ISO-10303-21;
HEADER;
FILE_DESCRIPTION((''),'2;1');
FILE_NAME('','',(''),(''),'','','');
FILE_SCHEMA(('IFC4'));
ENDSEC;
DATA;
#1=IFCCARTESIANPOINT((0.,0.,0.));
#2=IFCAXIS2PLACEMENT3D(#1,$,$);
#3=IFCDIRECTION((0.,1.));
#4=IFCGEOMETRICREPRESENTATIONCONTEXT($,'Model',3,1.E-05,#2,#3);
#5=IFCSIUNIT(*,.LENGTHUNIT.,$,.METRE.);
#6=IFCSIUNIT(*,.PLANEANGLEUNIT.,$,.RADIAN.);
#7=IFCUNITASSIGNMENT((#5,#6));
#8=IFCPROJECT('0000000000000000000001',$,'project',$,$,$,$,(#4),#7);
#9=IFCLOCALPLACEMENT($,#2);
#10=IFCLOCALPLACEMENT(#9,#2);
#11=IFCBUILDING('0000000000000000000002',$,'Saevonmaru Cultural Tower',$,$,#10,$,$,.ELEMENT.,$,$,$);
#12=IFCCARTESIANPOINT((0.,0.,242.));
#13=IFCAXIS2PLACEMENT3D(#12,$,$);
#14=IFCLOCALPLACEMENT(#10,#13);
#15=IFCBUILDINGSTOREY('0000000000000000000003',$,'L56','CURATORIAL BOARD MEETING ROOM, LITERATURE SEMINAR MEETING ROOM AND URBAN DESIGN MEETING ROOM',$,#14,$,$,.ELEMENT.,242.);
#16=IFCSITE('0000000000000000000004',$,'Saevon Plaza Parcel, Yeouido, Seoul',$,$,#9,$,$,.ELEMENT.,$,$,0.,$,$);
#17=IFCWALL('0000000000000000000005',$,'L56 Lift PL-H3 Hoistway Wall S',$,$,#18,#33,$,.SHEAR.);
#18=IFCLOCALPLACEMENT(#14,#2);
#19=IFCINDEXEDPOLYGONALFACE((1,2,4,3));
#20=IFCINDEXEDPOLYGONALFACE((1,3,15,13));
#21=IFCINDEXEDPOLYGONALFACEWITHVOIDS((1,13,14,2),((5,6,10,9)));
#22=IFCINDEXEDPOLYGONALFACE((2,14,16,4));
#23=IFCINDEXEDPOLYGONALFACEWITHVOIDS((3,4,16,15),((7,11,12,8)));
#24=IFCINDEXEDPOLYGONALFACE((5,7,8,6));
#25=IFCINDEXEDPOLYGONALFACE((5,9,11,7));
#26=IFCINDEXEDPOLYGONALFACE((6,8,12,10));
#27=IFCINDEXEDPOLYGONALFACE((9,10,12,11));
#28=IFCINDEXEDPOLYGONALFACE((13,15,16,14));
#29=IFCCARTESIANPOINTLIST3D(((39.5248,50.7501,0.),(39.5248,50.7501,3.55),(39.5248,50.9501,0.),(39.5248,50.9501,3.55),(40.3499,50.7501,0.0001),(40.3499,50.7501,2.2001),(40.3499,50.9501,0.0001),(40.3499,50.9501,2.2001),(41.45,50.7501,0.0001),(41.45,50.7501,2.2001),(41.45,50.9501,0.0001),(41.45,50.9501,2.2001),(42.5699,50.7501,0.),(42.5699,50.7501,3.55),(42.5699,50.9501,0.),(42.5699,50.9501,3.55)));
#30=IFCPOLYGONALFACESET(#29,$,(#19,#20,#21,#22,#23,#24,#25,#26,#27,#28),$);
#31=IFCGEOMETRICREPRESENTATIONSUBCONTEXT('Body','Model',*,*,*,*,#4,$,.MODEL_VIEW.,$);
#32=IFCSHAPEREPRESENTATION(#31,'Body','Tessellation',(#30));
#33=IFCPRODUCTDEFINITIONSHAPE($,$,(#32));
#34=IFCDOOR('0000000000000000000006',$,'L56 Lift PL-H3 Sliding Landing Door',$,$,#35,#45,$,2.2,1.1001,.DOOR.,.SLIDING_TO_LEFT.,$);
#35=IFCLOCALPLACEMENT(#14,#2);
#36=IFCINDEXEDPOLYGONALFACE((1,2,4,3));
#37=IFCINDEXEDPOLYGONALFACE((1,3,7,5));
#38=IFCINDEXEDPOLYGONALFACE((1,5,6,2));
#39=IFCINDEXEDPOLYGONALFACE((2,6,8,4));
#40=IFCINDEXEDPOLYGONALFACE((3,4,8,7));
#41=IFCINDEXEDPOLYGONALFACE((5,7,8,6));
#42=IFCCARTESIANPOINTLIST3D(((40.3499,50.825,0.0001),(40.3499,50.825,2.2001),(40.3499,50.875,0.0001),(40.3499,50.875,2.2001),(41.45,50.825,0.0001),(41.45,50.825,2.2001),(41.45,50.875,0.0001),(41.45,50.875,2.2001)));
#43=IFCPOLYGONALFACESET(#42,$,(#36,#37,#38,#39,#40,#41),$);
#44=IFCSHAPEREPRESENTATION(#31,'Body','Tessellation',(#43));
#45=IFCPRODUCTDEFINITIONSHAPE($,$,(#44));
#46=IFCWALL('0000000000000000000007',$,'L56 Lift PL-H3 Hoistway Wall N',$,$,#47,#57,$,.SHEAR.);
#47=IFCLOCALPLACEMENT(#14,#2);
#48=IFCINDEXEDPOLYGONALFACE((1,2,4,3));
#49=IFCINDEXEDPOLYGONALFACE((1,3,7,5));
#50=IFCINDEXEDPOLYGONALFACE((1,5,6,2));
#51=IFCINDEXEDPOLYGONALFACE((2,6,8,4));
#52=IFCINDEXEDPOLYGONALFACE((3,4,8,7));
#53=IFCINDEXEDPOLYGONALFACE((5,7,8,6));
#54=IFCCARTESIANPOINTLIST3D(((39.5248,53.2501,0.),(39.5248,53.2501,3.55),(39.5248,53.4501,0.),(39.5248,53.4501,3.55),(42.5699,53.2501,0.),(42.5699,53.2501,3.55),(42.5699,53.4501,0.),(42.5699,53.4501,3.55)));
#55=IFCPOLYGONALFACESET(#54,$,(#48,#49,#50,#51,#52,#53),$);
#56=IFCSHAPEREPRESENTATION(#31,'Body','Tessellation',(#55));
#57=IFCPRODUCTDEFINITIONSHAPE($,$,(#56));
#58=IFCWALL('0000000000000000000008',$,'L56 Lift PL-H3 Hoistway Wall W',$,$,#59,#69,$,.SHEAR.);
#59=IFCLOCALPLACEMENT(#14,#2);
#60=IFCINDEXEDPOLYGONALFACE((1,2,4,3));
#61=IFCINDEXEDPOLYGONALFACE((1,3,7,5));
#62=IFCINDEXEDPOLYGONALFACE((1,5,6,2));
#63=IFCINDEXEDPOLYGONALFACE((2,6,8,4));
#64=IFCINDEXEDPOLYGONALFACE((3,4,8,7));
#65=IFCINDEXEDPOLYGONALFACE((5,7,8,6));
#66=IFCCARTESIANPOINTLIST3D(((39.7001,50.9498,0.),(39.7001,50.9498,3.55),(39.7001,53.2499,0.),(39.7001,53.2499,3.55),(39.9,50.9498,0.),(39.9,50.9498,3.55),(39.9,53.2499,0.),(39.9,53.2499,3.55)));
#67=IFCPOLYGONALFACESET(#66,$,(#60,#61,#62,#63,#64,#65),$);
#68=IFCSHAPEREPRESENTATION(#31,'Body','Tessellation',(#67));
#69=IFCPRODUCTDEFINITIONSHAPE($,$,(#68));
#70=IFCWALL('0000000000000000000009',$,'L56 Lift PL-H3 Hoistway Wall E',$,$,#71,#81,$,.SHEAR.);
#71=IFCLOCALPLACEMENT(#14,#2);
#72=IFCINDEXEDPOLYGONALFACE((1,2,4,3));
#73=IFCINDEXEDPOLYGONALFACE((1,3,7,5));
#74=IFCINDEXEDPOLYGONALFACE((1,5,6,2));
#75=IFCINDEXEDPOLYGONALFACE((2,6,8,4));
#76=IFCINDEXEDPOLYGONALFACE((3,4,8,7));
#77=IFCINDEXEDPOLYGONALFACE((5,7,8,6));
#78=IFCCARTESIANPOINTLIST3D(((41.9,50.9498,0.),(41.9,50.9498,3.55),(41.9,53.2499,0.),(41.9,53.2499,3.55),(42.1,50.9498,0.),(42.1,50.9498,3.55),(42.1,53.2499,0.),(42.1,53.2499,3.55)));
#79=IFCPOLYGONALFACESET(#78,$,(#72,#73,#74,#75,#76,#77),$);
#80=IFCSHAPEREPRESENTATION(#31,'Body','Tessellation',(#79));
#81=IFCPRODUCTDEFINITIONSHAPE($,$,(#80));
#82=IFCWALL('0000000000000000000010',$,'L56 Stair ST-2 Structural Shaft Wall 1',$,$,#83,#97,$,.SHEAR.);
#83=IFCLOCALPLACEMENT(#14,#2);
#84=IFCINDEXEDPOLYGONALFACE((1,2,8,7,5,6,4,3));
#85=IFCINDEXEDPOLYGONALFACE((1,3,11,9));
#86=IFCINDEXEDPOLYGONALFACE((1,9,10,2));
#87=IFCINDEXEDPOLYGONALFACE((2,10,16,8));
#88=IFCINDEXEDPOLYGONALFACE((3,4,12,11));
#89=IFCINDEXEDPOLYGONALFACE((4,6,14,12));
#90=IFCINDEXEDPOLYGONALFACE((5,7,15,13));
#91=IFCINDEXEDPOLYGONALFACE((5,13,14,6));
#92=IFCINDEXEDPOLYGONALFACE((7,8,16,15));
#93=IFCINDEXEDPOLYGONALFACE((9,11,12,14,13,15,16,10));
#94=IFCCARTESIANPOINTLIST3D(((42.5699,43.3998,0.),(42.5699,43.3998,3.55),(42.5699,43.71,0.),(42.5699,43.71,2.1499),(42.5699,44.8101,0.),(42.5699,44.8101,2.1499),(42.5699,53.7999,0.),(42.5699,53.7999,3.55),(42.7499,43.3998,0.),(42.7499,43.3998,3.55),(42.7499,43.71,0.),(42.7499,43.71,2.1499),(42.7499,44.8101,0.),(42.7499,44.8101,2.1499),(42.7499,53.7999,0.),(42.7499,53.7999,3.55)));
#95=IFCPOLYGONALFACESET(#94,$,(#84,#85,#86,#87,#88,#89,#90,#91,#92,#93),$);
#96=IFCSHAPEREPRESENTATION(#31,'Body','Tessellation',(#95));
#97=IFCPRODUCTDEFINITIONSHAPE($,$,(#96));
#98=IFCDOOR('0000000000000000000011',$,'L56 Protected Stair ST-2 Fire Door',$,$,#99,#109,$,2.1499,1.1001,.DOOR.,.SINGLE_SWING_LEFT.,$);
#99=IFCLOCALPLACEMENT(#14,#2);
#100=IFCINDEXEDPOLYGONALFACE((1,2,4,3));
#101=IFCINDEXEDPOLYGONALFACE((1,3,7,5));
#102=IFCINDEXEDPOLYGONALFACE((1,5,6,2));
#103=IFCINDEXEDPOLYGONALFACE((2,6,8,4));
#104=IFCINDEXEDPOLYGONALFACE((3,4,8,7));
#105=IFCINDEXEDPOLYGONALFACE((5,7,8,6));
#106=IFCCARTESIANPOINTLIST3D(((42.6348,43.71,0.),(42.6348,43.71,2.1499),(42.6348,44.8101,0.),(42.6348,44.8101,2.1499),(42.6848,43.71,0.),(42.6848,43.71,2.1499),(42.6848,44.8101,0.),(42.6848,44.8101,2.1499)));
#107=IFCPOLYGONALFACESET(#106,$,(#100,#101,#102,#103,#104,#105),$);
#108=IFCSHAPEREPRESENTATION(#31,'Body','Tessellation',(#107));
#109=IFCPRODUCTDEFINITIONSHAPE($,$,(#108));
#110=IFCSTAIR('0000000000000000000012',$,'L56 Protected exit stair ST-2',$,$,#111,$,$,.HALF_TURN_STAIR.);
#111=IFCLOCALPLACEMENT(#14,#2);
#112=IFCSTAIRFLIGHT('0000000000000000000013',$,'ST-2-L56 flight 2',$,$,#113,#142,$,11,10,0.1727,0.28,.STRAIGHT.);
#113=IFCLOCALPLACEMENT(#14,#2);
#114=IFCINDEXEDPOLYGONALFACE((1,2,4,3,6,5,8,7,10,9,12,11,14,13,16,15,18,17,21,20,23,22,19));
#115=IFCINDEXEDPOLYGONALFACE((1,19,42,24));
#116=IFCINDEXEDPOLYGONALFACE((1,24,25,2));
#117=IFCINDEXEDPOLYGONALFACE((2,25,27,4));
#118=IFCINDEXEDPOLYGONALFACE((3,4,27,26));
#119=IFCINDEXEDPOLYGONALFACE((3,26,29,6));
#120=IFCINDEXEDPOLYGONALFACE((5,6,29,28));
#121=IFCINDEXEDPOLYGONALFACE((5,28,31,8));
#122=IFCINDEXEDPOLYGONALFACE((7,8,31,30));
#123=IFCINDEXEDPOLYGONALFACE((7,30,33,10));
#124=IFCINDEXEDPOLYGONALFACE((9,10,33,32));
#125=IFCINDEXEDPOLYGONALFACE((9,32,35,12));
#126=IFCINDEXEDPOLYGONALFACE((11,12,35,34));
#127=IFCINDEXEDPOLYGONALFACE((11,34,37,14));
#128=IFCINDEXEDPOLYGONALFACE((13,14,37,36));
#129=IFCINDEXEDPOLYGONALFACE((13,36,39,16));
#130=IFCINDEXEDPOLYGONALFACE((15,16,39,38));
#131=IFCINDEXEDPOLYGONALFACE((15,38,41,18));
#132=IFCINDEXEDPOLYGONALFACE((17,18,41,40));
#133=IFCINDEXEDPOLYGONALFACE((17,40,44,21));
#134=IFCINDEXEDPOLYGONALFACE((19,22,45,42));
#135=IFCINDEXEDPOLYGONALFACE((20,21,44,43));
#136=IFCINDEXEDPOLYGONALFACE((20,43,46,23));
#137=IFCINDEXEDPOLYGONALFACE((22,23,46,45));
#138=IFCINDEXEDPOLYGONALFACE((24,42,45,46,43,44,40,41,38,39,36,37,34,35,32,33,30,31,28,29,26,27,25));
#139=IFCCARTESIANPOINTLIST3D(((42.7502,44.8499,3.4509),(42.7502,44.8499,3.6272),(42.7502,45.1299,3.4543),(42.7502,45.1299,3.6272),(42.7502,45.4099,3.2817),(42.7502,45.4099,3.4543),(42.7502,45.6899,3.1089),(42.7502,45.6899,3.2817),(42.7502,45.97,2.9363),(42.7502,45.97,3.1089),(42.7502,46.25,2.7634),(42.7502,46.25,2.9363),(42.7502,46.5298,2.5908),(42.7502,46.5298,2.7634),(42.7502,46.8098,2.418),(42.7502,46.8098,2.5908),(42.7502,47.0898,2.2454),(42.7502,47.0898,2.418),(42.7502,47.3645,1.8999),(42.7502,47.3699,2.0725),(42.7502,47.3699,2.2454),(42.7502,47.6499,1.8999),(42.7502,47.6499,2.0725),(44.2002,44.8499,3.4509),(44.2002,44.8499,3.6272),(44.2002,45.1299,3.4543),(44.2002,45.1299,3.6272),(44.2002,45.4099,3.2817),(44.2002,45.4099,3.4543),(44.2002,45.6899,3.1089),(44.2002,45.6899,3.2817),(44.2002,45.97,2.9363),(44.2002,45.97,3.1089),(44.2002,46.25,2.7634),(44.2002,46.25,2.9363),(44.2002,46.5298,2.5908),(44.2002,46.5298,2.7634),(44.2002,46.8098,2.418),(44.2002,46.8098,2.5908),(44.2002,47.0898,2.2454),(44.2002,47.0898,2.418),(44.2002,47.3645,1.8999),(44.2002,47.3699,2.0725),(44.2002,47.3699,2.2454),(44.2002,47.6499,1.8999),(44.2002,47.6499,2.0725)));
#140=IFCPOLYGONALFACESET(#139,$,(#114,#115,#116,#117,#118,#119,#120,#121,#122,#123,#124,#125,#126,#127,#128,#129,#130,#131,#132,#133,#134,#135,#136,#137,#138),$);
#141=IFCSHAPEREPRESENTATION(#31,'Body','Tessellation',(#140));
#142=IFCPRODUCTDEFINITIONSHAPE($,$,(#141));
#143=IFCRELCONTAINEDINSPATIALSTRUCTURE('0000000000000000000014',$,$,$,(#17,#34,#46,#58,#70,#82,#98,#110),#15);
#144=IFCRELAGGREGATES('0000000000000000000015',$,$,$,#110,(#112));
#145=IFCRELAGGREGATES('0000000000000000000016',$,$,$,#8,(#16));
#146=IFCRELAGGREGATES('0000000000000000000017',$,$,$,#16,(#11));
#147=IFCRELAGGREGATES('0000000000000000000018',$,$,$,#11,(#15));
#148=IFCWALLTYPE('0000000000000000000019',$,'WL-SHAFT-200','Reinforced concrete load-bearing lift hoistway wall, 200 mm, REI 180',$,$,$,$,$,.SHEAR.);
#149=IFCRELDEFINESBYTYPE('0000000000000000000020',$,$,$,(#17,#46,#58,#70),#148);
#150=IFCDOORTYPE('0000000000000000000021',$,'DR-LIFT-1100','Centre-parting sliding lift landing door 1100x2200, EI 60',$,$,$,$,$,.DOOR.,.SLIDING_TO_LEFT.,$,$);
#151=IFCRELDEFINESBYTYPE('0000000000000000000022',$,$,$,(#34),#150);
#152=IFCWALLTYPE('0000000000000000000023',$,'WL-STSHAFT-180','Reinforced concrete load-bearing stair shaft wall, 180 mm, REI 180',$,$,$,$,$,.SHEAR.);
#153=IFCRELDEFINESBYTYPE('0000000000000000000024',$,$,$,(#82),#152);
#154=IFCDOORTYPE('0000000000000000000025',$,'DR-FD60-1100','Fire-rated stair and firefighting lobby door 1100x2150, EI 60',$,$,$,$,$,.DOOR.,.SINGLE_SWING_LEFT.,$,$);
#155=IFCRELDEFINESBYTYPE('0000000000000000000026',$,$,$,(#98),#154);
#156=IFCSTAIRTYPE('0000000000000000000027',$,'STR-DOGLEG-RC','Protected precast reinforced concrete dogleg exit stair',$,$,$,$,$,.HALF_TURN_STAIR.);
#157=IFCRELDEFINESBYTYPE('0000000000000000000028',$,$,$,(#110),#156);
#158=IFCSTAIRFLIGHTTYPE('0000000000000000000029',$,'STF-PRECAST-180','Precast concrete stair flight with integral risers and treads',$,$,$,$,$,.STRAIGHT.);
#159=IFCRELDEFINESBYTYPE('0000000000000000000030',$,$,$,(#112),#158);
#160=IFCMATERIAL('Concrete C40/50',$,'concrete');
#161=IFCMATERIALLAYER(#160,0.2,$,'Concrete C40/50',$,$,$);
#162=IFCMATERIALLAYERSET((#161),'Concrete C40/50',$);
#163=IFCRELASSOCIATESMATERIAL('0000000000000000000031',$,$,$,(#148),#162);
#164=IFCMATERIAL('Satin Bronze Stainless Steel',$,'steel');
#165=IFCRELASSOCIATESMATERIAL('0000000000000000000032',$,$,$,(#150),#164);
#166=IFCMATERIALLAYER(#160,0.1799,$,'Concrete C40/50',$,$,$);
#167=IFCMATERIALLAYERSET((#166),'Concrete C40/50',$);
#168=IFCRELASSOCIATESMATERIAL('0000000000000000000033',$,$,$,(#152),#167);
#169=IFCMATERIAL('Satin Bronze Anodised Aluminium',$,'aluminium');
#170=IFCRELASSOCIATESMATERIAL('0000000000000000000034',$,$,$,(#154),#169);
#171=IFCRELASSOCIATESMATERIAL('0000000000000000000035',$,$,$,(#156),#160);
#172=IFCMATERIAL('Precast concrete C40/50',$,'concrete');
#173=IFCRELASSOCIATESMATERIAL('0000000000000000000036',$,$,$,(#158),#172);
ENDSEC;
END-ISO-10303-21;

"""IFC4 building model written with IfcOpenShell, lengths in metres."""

from ifc_helpers import new_model, si_unit, direction, frame, frame_2d, origin, place, context, subcontext, project, spatial, polyline, rectangle, outline, extrude, material, layer, layer_set, type_object, element, fill, aggregate, save


model = new_model("IFC4")

# Units and contexts
model_context = context("Model", 3, precision=1e-05, world=origin(), true_north=direction((0.0, 1.0)))
body_context = subcontext(model_context, "Body", "Model", "MODEL_VIEW")
ifc_project = project(units=[si_unit("LENGTHUNIT", "METRE"), si_unit("PLANEANGLEUNIT", "RADIAN")], contexts=[model_context])

# Site, building, storey
site_placement = place(None, origin())
site = spatial("IfcSite", under=ifc_project, at=site_placement, Name="Saevon Plaza Parcel, Yeouido, Seoul", CompositionType="ELEMENT", RefElevation=0.0)
building_placement = place(site_placement, origin())
building = spatial("IfcBuilding", under=site, at=building_placement, Name="Saevonmaru Cultural Tower", CompositionType="ELEMENT")
storey_placement = place(building_placement, frame((0.0, 0.0, 242.0)))
storey = spatial("IfcBuildingStorey", under=building, at=storey_placement, Name="L56", Description="CURATORIAL BOARD MEETING ROOM, LITERATURE SEMINAR MEETING ROOM AND URBAN DESIGN MEETING ROOM", CompositionType="ELEMENT", Elevation=242.0)

# Shared definitions
ifc_material_1 = material(Name="Satin Bronze Anodised Aluminium", Category="aluminium")

# Shared definitions
ifc_material_2 = material(Name="Concrete C40/50", Category="concrete")
ifc_layer_1 = layer(ifc_material_2, 0.2, Name="Concrete C40/50")
ifc_layer_set_1 = layer_set([ifc_layer_1], Name="Concrete C40/50")
wall_type_1 = type_object("IfcWallType", Name="WL-SHAFT-200", Description="Reinforced concrete load-bearing lift hoistway wall, 200 mm, REI 180", PredefinedType="SHEAR", material=ifc_layer_set_1)

# Shared definitions
ifc_material_3 = material(Name="Satin Bronze Stainless Steel", Category="steel")
door_type_1 = type_object("IfcDoorType", Name="DR-LIFT-1100", Description="Centre-parting sliding lift landing door 1100x2200, EI 60", OperationType="SLIDING_TO_LEFT", PredefinedType="DOOR", material=ifc_material_3)

# Wall, opening, door
wall_1_placement = place(storey_placement, frame((39.5249, 50.8501, 0.0), z_axis=(0.0, 0.0, 1.0), x_axis=(1.0, 0.0, 0.0)))
wall_1 = element("IfcWall", 1, at=wall_1_placement, inside=storey, type_object=wall_type_1, Name="L56 Lift PL-H3 Hoistway Wall S", PredefinedType="SHEAR", context=body_context, shape_type="SweptSolid", body=[
    extrude(rectangle(XDim=3.0452, YDim=0.2, at=frame_2d((1.5225, 0.0))), origin(), (0.0, 0.0, 1.0), 3.55),
])
opening_1_placement = place(wall_1_placement, frame((0.825, 0.0, 0.0)))
opening_1 = element("IfcOpeningElement", 2, at=opening_1_placement, cuts=wall_1, PredefinedType="OPENING", context=body_context, shape_type="SweptSolid", body=[
    extrude(rectangle(XDim=1.1001, YDim=2.2, at=frame_2d((0.55, 1.1001))), frame((0.0, 0.1099, 0.0), z_axis=(0.0, -1.0, 0.0), x_axis=(1.0, 0.0, 0.0)), (0.0, 0.0, 1.0), 0.22),
])
door_1_placement = place(opening_1_placement, origin())
door_1 = element("IfcDoor", 3, at=door_1_placement, inside=storey, type_object=door_type_1, Name="L56 Lift PL-H3 Sliding Landing Door", OperationType="SLIDING_TO_LEFT", OverallHeight=2.2, OverallWidth=1.1001, PredefinedType="DOOR", context=body_context, shape_type="SweptSolid", body=[
    extrude(rectangle(XDim=1.1001, YDim=2.2, at=frame_2d((0.55, 1.1001))), frame((0.0, 0.0249, 0.0), z_axis=(0.0, -1.0, 0.0), x_axis=(1.0, 0.0, 0.0)), (0.0, 0.0, 1.0), 0.05),
])
fill(opening_1, door_1)

# Walls
wall_2_placement = place(storey_placement, frame((39.5249, 53.3501, 0.0), z_axis=(0.0, 0.0, 1.0), x_axis=(1.0, 0.0, 0.0)))
element("IfcWall", 4, at=wall_2_placement, inside=storey, type_object=wall_type_1, Name="L56 Lift PL-H3 Hoistway Wall N", PredefinedType="SHEAR", context=body_context, shape_type="SweptSolid", body=[
    extrude(rectangle(XDim=3.0452, YDim=0.2, at=frame_2d((1.5225, 0.0))), origin(), (0.0, 0.0, 1.0), 3.55),
])
for number, where, z_axis, x_axis, name in (
    (5, (39.8, 50.95, 0.0), (0.0, 0.0, 1.0), (0.0, 1.0, 0.0), "L56 Lift PL-H3 Hoistway Wall W"),
    (6, (42.0, 50.95, 0.0), (0.0, 0.0, 1.0), (0.0, 1.0, 0.0), "L56 Lift PL-H3 Hoistway Wall E"),
):
    element("IfcWall", number, at=place(storey_placement, frame(where, z_axis=z_axis, x_axis=x_axis)), inside=storey, type_object=wall_type_1, Name=name, PredefinedType="SHEAR", context=body_context, shape_type="SweptSolid", body=[
        extrude(rectangle(XDim=2.3, YDim=0.2, at=frame_2d((1.1499, 0.0))), origin(), (0.0, 0.0, 1.0), 3.55),
    ])

# Wall, opening, door
ifc_layer_2 = layer(ifc_material_2, 0.1799, Name="Concrete C40/50")
ifc_layer_set_2 = layer_set([ifc_layer_2], Name="Concrete C40/50")
wall_type_2 = type_object("IfcWallType", Name="WL-STSHAFT-180", Description="Reinforced concrete load-bearing stair shaft wall, 180 mm, REI 180", PredefinedType="SHEAR", material=ifc_layer_set_2)
wall_3_placement = place(storey_placement, frame((42.6599, 53.8, 0.0), z_axis=(0.0, 0.0, 1.0), x_axis=(0.0, -1.0, 0.0)))
wall_3 = element("IfcWall", 7, at=wall_3_placement, inside=storey, type_object=wall_type_2, Name="L56 Stair ST-2 Structural Shaft Wall 1", PredefinedType="SHEAR", context=body_context, shape_type="SweptSolid", body=[
    extrude(rectangle(XDim=10.4001, YDim=0.1799, at=frame_2d((5.2002, 0.0))), origin(), (0.0, 0.0, 1.0), 3.55),
])
opening_2_placement = place(wall_3_placement, frame((8.99, 0.0, 0.0)))
opening_2 = element("IfcOpeningElement", 8, at=opening_2_placement, cuts=wall_3, PredefinedType="OPENING", context=body_context, shape_type="SweptSolid", body=[
    extrude(rectangle(XDim=1.1001, YDim=2.1499, at=frame_2d((0.55, 1.075))), frame((0.0, 0.1001, 0.0), z_axis=(0.0, -1.0, 0.0), x_axis=(1.0, 0.0, 0.0)), (0.0, 0.0, 1.0), 0.2),
])
door_type_2 = type_object("IfcDoorType", Name="DR-FD60-1100", Description="Fire-rated stair and firefighting lobby door 1100x2150, EI 60", OperationType="SINGLE_SWING_LEFT", PredefinedType="DOOR", material=ifc_material_1)
door_2_placement = place(opening_2_placement, origin())
door_2 = element("IfcDoor", 9, at=door_2_placement, inside=storey, type_object=door_type_2, Name="L56 Protected Stair ST-2 Fire Door", OperationType="SINGLE_SWING_LEFT", OverallHeight=2.1499, OverallWidth=1.1001, PredefinedType="DOOR", context=body_context, shape_type="SweptSolid", body=[
    extrude(rectangle(XDim=1.1001, YDim=2.1499, at=frame_2d((0.55, 1.075))), frame((0.0, 0.0249, 0.0), z_axis=(0.0, -1.0, 0.0), x_axis=(1.0, 0.0, 0.0)), (0.0, 0.0, 1.0), 0.05),
])
fill(opening_2, door_2)

# Stair, stair flight
stair_type = type_object("IfcStairType", Name="STR-DOGLEG-RC", Description="Protected precast reinforced concrete dogleg exit stair", PredefinedType="HALF_TURN_STAIR", material=ifc_material_2)
stair_placement = place(storey_placement, origin())
stair = element("IfcStair", 10, at=stair_placement, inside=storey, type_object=stair_type, Name="L56 Protected exit stair ST-2", PredefinedType="HALF_TURN_STAIR")
ifc_material_4 = material(Name="Precast concrete C40/50", Category="concrete")
stair_flight_type = type_object("IfcStairFlightType", Name="STF-PRECAST-180", Description="Precast concrete stair flight with integral risers and treads", PredefinedType="STRAIGHT", material=ifc_material_4)
stair_flight_placement = place(storey_placement, frame((43.4751, 47.6499, 1.8999), z_axis=(0.0, 0.0, 1.0), x_axis=(0.0, -1.0, 0.0)))
stair_flight = element("IfcStairFlight", 11, at=stair_flight_placement, type_object=stair_flight_type, Name="ST-2-L56 flight 2", NumberOfRisers=11, NumberOfTreads=10, PredefinedType="STRAIGHT", RiserHeight=0.1727, TreadLength=0.28, context=body_context, shape_type="SweptSolid", body=[
    extrude(outline(polyline([(0.0, 0.0), (0.0, 0.1726), (0.28, 0.1726), (0.28, 0.3455), (0.5601, 0.3455), (0.5601, 0.5181), (0.8401, 0.5181), (0.8401, 0.6909), (1.1201, 0.6909), (1.1201, 0.8635), (1.3999, 0.8635), (1.3999, 1.0364), (1.6799, 1.0364), (1.6799, 1.209), (1.96, 1.209), (1.96, 1.3818), (2.24, 1.3818), (2.24, 1.5544), (2.52, 1.5544), (2.52, 1.7273), (2.8, 1.7273), (2.8, 1.8999), (2.8, 1.551), (0.2854, 0.0), (0.0, 0.0)])), frame((0.0, 0.7251, 0.0), z_axis=(0.0, -1.0, 0.0), x_axis=(1.0, 0.0, 0.0)), (0.0, 0.0, 1.0), 1.45),
])
aggregate(stair, [stair_flight])

save(model, "model.ifc")
